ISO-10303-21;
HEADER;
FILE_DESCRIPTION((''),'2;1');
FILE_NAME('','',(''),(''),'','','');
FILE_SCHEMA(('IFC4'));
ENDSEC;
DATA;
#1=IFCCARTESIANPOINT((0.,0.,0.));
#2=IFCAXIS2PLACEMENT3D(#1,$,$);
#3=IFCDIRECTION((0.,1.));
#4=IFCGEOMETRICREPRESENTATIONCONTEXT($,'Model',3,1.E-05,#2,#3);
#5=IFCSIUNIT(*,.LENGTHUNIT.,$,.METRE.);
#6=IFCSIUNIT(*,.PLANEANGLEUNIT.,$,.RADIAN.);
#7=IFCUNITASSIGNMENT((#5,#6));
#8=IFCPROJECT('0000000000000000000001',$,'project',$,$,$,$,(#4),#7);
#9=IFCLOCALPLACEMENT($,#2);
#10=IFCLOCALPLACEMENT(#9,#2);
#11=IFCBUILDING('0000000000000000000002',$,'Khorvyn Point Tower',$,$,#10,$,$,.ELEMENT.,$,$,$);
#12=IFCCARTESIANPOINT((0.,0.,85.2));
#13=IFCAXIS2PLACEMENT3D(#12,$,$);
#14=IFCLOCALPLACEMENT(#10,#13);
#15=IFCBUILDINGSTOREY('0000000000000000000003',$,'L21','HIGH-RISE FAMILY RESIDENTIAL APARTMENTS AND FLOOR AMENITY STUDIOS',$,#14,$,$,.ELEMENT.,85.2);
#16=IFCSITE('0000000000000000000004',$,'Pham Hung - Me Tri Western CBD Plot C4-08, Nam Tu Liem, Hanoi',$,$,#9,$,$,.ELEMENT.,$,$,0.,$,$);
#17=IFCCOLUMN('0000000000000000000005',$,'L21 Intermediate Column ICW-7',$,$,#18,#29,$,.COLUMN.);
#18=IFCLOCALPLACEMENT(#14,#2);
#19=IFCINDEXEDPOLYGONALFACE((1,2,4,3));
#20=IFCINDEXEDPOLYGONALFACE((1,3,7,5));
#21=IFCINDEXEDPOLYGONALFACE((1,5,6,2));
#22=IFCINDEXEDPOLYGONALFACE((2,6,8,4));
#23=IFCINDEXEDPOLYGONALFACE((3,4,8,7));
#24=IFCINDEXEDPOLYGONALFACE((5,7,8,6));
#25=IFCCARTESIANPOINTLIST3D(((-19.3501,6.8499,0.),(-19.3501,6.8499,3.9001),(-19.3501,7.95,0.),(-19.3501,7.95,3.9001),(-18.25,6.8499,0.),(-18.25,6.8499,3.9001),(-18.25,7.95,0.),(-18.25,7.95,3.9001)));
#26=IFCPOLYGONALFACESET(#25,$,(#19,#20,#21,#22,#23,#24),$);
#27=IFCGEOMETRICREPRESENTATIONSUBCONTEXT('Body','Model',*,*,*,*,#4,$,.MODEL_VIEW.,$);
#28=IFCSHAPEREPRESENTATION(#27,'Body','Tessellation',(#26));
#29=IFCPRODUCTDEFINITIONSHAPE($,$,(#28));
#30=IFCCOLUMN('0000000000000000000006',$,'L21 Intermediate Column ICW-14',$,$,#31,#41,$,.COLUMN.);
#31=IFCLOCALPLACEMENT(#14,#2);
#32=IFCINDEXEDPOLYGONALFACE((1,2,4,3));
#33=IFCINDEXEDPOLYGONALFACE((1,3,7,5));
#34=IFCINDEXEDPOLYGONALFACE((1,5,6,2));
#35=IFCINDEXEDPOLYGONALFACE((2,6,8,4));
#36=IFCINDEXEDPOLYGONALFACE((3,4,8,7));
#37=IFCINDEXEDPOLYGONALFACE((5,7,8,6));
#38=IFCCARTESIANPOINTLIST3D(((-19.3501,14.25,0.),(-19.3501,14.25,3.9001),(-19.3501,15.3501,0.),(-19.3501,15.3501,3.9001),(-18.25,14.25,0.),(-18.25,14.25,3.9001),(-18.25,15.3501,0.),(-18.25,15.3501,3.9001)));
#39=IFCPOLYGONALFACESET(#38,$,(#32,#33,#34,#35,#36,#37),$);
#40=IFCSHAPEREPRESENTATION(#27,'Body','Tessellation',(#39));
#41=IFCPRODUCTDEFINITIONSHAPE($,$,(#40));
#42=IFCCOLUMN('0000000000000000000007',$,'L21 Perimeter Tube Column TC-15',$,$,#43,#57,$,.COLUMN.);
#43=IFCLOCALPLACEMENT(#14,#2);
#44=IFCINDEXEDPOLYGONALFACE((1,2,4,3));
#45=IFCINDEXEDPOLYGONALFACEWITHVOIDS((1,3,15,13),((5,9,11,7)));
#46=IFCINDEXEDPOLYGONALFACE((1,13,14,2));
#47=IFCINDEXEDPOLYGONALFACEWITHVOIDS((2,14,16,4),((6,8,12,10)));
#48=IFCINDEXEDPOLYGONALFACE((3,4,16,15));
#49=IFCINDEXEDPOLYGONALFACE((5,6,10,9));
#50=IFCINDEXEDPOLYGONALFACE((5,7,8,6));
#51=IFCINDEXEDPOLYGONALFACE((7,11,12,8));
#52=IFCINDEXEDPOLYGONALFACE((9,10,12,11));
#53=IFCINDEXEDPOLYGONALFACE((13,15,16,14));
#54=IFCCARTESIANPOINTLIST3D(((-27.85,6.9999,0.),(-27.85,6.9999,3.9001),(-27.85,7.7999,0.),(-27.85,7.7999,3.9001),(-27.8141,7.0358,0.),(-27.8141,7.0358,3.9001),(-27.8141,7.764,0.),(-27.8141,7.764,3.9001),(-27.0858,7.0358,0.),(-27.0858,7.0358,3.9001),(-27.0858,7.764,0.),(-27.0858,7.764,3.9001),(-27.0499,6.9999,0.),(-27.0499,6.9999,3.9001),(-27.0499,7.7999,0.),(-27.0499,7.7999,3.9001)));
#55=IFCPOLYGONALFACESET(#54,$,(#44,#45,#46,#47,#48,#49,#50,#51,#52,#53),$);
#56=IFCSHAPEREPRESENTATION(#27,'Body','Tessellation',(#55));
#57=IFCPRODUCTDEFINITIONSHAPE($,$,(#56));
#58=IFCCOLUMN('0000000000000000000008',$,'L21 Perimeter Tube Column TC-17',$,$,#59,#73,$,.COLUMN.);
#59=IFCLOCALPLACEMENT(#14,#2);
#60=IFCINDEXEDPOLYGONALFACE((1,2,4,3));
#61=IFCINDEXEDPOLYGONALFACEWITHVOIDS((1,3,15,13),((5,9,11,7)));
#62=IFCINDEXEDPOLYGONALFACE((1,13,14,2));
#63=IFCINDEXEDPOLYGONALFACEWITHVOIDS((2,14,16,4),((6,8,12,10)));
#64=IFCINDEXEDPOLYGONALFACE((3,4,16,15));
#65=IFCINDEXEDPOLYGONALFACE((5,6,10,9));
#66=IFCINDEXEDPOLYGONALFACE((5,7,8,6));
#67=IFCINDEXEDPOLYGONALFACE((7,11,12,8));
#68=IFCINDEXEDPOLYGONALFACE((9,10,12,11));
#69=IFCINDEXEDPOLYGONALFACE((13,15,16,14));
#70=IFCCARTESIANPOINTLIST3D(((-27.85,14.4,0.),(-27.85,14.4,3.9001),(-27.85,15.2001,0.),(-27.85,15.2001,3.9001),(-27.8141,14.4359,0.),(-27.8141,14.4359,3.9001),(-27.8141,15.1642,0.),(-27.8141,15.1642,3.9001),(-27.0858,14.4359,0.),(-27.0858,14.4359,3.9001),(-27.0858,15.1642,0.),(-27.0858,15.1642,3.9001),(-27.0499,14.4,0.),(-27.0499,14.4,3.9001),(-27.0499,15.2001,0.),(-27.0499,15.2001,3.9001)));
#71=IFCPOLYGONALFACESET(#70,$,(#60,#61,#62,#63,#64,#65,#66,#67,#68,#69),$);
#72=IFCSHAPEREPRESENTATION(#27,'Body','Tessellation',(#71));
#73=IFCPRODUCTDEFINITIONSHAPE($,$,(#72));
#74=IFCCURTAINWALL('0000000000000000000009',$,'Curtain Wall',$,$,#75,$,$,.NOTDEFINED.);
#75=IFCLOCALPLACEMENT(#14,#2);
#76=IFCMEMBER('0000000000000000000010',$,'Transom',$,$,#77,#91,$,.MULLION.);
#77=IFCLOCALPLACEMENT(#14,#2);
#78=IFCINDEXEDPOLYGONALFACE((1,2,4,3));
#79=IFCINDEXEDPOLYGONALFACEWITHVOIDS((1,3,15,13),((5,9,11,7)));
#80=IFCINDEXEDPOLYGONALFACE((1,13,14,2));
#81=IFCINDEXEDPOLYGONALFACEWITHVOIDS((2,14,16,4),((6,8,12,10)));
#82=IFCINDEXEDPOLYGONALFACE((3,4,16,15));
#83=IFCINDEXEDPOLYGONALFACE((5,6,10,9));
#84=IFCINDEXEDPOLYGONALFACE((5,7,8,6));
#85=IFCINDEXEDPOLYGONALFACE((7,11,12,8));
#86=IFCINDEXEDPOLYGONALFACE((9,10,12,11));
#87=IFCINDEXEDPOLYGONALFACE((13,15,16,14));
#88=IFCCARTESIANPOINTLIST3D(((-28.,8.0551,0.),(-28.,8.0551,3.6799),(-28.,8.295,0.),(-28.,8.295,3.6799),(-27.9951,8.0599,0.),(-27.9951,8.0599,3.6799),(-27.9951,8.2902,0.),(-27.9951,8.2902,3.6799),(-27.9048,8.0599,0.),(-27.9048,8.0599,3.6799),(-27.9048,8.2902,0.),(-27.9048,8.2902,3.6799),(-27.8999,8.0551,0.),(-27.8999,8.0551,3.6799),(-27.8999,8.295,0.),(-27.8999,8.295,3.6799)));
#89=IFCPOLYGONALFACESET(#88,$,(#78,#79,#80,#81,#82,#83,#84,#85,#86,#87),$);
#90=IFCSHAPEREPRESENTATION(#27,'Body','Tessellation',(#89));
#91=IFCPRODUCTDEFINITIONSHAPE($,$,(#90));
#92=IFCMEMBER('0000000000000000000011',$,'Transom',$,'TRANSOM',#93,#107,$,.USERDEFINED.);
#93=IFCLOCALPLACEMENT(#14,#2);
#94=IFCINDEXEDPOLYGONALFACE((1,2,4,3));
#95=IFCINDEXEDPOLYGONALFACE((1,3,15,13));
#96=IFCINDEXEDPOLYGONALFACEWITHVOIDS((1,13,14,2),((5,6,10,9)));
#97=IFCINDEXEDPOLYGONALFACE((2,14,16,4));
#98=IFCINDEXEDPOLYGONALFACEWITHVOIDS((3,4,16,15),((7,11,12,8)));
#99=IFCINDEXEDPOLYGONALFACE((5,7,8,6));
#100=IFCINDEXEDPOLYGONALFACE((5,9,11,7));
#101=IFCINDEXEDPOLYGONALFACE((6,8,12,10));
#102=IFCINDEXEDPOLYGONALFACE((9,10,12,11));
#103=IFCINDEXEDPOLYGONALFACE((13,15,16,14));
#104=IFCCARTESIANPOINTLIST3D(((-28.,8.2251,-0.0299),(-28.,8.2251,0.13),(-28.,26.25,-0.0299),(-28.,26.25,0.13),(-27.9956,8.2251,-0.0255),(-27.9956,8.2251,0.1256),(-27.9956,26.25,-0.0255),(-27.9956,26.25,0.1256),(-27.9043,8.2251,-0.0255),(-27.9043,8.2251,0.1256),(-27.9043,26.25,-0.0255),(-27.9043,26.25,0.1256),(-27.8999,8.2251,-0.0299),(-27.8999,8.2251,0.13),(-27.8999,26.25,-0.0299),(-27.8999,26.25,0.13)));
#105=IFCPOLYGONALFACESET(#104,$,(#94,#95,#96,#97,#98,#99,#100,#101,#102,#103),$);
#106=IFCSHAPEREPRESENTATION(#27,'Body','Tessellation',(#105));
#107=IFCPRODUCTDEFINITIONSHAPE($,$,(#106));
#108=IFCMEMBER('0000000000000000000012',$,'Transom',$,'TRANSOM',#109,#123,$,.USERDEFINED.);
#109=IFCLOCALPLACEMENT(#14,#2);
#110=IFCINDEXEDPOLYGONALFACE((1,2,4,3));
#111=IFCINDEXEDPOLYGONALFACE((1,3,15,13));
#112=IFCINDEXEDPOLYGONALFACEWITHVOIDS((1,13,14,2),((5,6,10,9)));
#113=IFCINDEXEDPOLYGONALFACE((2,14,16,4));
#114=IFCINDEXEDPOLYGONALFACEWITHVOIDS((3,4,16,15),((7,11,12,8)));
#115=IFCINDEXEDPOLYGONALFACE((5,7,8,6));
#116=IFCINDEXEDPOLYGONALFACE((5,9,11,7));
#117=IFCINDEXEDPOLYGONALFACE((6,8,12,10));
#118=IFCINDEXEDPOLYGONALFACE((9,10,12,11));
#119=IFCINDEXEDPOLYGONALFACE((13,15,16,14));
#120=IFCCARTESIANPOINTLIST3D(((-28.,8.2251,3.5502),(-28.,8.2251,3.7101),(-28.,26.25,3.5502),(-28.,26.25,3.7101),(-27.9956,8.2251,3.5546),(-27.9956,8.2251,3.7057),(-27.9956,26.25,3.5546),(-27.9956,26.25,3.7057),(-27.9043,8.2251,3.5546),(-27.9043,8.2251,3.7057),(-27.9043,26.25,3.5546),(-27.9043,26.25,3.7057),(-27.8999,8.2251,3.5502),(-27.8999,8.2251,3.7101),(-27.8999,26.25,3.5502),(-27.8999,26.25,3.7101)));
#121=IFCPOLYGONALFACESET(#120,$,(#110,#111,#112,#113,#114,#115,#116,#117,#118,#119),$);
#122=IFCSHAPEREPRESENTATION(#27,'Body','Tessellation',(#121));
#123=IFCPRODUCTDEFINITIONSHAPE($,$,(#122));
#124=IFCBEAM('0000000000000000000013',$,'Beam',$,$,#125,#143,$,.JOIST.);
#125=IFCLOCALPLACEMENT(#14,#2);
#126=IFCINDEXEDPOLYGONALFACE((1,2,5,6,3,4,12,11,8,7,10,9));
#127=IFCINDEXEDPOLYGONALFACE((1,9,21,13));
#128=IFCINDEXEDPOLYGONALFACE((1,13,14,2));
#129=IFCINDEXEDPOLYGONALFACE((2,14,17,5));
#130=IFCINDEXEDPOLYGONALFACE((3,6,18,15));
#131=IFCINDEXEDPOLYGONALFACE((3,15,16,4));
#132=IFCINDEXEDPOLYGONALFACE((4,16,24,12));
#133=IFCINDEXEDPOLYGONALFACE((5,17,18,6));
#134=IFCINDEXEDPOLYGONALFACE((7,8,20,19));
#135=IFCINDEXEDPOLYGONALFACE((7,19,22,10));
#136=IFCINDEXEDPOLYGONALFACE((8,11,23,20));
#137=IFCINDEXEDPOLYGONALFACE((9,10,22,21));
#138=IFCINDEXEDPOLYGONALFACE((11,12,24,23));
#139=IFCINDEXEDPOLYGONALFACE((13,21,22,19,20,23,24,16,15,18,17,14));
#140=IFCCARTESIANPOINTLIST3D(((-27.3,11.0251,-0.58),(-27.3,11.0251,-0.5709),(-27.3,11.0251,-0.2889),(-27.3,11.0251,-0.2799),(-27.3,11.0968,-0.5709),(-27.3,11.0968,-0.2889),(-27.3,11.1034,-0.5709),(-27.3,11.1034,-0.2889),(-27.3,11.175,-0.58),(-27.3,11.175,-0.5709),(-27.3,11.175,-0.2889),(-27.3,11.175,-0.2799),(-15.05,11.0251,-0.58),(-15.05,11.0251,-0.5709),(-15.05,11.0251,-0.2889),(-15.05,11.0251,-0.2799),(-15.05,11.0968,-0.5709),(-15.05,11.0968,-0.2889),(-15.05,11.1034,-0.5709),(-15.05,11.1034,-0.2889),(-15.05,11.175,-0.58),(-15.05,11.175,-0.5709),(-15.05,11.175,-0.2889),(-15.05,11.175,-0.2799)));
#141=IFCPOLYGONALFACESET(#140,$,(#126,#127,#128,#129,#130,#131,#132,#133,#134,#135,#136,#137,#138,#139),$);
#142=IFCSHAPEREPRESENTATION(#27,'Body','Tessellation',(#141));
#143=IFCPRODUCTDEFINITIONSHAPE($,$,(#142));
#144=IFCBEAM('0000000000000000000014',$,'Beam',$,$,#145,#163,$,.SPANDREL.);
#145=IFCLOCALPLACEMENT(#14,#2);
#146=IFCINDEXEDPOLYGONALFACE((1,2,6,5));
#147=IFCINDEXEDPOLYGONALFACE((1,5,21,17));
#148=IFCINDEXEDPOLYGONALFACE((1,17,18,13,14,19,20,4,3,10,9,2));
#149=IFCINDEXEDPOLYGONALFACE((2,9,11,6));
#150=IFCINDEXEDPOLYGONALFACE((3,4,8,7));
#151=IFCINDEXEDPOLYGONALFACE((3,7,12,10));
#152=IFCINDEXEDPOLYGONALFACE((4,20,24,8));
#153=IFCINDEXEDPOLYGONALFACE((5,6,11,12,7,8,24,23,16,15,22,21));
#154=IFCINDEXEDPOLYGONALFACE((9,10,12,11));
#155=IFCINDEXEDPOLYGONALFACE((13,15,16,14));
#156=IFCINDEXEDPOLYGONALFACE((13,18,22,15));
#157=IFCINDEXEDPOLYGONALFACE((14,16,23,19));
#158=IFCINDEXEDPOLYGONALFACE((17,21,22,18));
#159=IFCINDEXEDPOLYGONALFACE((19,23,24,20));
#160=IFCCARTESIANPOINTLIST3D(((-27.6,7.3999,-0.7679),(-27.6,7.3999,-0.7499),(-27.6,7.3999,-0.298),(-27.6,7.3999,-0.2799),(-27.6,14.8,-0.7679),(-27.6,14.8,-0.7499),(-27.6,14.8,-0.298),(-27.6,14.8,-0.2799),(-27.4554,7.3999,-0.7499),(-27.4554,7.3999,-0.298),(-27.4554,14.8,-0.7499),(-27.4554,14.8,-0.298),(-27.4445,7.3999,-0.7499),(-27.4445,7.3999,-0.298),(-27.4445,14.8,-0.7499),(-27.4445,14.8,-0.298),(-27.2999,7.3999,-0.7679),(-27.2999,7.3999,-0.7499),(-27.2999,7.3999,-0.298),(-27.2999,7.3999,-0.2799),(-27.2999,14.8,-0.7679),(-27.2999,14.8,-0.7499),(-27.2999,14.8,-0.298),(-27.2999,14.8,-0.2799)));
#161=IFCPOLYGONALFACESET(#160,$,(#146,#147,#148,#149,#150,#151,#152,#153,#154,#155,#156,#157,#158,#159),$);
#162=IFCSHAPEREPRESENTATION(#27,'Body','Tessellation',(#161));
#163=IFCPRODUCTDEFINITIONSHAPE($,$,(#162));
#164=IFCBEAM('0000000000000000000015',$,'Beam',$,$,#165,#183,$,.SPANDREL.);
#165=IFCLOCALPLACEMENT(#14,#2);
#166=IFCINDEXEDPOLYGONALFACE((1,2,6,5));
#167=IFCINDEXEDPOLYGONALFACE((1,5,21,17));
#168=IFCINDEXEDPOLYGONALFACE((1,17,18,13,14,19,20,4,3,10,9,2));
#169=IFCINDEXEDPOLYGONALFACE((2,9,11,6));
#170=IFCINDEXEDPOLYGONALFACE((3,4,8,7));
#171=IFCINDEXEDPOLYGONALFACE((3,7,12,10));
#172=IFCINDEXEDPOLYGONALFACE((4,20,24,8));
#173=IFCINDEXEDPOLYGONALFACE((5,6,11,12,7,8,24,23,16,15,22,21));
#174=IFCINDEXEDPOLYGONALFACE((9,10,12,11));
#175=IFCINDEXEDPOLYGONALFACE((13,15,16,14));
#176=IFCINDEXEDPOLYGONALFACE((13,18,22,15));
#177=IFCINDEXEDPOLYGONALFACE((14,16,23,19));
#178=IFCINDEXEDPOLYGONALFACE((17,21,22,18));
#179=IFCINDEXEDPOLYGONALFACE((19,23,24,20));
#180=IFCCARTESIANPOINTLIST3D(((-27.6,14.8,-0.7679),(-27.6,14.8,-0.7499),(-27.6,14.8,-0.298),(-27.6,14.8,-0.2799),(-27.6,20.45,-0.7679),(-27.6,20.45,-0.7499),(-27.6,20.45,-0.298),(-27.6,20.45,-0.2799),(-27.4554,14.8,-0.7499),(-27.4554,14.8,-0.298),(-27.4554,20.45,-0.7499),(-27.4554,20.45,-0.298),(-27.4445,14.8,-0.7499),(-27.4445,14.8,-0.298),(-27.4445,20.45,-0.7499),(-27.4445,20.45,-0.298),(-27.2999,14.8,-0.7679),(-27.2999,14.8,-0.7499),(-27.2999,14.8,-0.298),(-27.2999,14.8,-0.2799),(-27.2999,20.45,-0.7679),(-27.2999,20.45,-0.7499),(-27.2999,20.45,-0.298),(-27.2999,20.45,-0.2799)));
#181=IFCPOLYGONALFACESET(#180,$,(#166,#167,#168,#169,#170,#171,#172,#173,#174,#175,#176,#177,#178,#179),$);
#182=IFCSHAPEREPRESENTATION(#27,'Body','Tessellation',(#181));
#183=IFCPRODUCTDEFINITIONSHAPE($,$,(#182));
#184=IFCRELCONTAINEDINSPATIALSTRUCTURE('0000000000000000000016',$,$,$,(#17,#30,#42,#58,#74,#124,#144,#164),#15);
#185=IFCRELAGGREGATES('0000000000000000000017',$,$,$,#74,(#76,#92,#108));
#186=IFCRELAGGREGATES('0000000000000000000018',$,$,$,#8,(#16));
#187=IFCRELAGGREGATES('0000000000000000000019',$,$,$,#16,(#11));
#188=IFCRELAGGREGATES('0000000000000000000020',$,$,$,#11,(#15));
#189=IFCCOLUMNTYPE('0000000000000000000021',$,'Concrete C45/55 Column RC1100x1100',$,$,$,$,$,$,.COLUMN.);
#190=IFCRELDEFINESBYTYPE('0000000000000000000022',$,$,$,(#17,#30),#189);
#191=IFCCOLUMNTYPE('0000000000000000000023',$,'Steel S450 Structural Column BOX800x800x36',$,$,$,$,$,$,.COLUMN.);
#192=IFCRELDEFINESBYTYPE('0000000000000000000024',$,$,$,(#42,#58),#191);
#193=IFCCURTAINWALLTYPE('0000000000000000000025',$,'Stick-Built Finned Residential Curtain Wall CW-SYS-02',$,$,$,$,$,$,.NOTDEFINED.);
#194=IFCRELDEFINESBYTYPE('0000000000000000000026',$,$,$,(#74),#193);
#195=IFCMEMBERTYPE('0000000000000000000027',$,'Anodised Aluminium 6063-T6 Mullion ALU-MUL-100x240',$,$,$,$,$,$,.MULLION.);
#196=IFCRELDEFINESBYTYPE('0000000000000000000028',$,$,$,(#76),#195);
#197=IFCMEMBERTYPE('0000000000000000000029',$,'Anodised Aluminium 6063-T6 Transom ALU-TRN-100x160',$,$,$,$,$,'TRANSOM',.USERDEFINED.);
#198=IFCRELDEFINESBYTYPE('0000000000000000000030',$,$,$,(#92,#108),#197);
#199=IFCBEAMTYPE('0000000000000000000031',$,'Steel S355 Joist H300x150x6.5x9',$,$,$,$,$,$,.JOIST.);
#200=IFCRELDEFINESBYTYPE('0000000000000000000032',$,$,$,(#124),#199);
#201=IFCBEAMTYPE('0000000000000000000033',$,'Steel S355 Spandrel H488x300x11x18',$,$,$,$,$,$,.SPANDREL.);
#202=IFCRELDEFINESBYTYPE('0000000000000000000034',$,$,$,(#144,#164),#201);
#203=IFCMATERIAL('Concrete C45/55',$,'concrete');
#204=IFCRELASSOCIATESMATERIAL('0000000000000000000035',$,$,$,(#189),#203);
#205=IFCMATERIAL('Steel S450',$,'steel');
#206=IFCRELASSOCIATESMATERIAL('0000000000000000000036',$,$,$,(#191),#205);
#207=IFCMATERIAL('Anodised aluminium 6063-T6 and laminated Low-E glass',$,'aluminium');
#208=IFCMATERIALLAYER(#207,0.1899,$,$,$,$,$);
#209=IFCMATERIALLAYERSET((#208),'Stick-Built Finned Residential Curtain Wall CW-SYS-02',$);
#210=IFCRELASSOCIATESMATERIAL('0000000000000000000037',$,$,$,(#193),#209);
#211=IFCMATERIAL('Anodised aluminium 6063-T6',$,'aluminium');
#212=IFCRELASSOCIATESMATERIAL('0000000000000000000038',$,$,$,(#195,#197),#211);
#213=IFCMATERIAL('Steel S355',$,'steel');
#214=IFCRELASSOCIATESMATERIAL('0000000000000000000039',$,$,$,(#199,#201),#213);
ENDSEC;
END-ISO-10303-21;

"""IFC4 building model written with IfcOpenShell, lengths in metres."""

from ifc_helpers import new_model, si_unit, direction, frame, origin, origin_2d, place, context, subcontext, project, spatial, rectangle, hollow_rectangle, i_section, extrude, material, layer, layer_set, material_profile, profile_set, type_object, element, aggregate, save


model = new_model("IFC4")

# Units and contexts
model_context = context("Model", 3, precision=1e-05, world=origin(), true_north=direction((0.0, 1.0)))
body_context = subcontext(model_context, "Body", "Model", "MODEL_VIEW")
ifc_project = project(units=[si_unit("LENGTHUNIT", "METRE"), si_unit("PLANEANGLEUNIT", "RADIAN")], contexts=[model_context])

# Site, building, storey
site_placement = place(None, origin())
site = spatial("IfcSite", under=ifc_project, at=site_placement, Name="Pham Hung - Me Tri Western CBD Plot C4-08, Nam Tu Liem, Hanoi", CompositionType="ELEMENT", RefElevation=0.0)
building_placement = place(site_placement, origin())
building = spatial("IfcBuilding", under=site, at=building_placement, Name="Khorvyn Point Tower", CompositionType="ELEMENT")
storey_placement = place(building_placement, frame((0.0, 0.0, 85.2)))
storey = spatial("IfcBuildingStorey", under=building, at=storey_placement, Name="L21", Description="HIGH-RISE FAMILY RESIDENTIAL APARTMENTS AND FLOOR AMENITY STUDIOS", CompositionType="ELEMENT", Elevation=85.2)

# Columns
ifc_material_1 = material(Name="Concrete C45/55", Category="concrete")
ifc_material_profile_1 = material_profile(ifc_material_1, rectangle(XDim=1.1001, YDim=1.1001, at=origin_2d()))
ifc_profile_set_1 = profile_set([ifc_material_profile_1], Name="Concrete C45/55 RC1100x1100")
column_type_1 = type_object("IfcColumnType", Name="Concrete C45/55 Column RC1100x1100", PredefinedType="COLUMN", material=ifc_profile_set_1)
for number, where, z_axis, x_axis, name in (
    (1, (-18.8, 7.3999, 0.0), (0.0, 0.0, 1.0), (1.0, 0.0, 0.0), "L21 Intermediate Column ICW-7"),
    (2, (-18.8, 14.8, 0.0), (0.0, 0.0, 1.0), (1.0, 0.0, 0.0), "L21 Intermediate Column ICW-14"),
):
    element("IfcColumn", number, at=place(storey_placement, frame(where, z_axis=z_axis, x_axis=x_axis)), inside=storey, type_object=column_type_1, Name=name, PredefinedType="COLUMN", context=body_context, shape_type="SweptSolid", body=[
        extrude(rectangle(XDim=1.1001, YDim=1.1001, at=origin_2d()), origin(), (0.0, 0.0, 1.0), 3.9001),
    ])
ifc_material_2 = material(Name="Steel S450", Category="steel")
ifc_material_profile_2 = material_profile(ifc_material_2, hollow_rectangle(XDim=0.8, YDim=0.8, WallThickness=0.0359, at=origin_2d()))
ifc_profile_set_2 = profile_set([ifc_material_profile_2], Name="Steel S450 BOX800x800x36")
column_type_2 = type_object("IfcColumnType", Name="Steel S450 Structural Column BOX800x800x36", PredefinedType="COLUMN", material=ifc_profile_set_2)
for number, where, z_axis, x_axis, name in (
    (3, (-27.45, 7.3999, 0.0), (0.0, 0.0, 1.0), (1.0, 0.0, 0.0), "L21 Perimeter Tube Column TC-15"),
    (4, (-27.45, 14.8, 0.0), (0.0, 0.0, 1.0), (1.0, 0.0, 0.0), "L21 Perimeter Tube Column TC-17"),
):
    element("IfcColumn", number, at=place(storey_placement, frame(where, z_axis=z_axis, x_axis=x_axis)), inside=storey, type_object=column_type_2, Name=name, PredefinedType="COLUMN", context=body_context, shape_type="SweptSolid", body=[
        extrude(hollow_rectangle(XDim=0.8, YDim=0.8, WallThickness=0.0359, at=origin_2d()), origin(), (0.0, 0.0, 1.0), 3.9001),
    ])

# Curtain wall, members
ifc_material_3 = material(Name="Anodised aluminium 6063-T6 and laminated Low-E glass", Category="aluminium")
ifc_layer_1 = layer(ifc_material_3, 0.1899)
ifc_layer_set_1 = layer_set([ifc_layer_1], Name="Stick-Built Finned Residential Curtain Wall CW-SYS-02")
curtain_wall_type = type_object("IfcCurtainWallType", Name="Stick-Built Finned Residential Curtain Wall CW-SYS-02", PredefinedType="NOTDEFINED", material=ifc_layer_set_1)
curtain_wall_placement = place(storey_placement, origin())
curtain_wall = element("IfcCurtainWall", 5, at=curtain_wall_placement, inside=storey, type_object=curtain_wall_type, Name="Curtain Wall", PredefinedType="NOTDEFINED")
ifc_material_4 = material(Name="Anodised aluminium 6063-T6", Category="aluminium")
ifc_material_profile_3 = material_profile(ifc_material_4, hollow_rectangle(XDim=0.1001, YDim=0.24, WallThickness=0.0049, at=origin_2d()))
ifc_profile_set_3 = profile_set([ifc_material_profile_3], Name="Anodised aluminium 6063-T6 ALU-MUL-100x240")
member_type_1 = type_object("IfcMemberType", Name="Anodised Aluminium 6063-T6 Mullion ALU-MUL-100x240", PredefinedType="MULLION", material=ifc_profile_set_3)
member_1_placement = place(storey_placement, frame((-27.95, 8.175, 0.0), z_axis=(0.0, 0.0, 1.0), x_axis=(-1.0, 0.0, 0.0)))
member_1 = element("IfcMember", 6, at=member_1_placement, type_object=member_type_1, Name="Transom", PredefinedType="MULLION", context=body_context, shape_type="SweptSolid", body=[
    extrude(hollow_rectangle(XDim=0.1001, YDim=0.24, WallThickness=0.0049, at=origin_2d()), origin(), (0.0, 0.0, 1.0), 3.6799),
])
ifc_material_profile_4 = material_profile(ifc_material_4, hollow_rectangle(XDim=0.1001, YDim=0.1599, WallThickness=0.0044, at=origin_2d()))
ifc_profile_set_4 = profile_set([ifc_material_profile_4], Name="Anodised aluminium 6063-T6 ALU-TRN-100x160")
member_type_2 = type_object("IfcMemberType", Name="Anodised Aluminium 6063-T6 Transom ALU-TRN-100x160", ElementType="TRANSOM", PredefinedType="USERDEFINED", material=ifc_profile_set_4)
member_2_placement = place(storey_placement, frame((-27.95, 8.2251, 0.05), z_axis=(0.0, 1.0, 0.0), x_axis=(-1.0, 0.0, 0.0)))
member_2 = element("IfcMember", 7, at=member_2_placement, type_object=member_type_2, Name="Transom", ObjectType="TRANSOM", PredefinedType="USERDEFINED", context=body_context, shape_type="SweptSolid", body=[
    extrude(hollow_rectangle(XDim=0.1001, YDim=0.1599, WallThickness=0.0044, at=origin_2d()), origin(), (0.0, 0.0, 1.0), 18.0249),
])
member_3_placement = place(storey_placement, frame((-27.95, 8.2251, 3.6301), z_axis=(0.0, 1.0, 0.0), x_axis=(-1.0, 0.0, 0.0)))
member_3 = element("IfcMember", 8, at=member_3_placement, type_object=member_type_2, Name="Transom", ObjectType="TRANSOM", PredefinedType="USERDEFINED", context=body_context, shape_type="SweptSolid", body=[
    extrude(hollow_rectangle(XDim=0.1001, YDim=0.1599, WallThickness=0.0044, at=origin_2d()), origin(), (0.0, 0.0, 1.0), 18.0249),
])

# Beams
ifc_material_5 = material(Name="Steel S355", Category="steel")
ifc_material_profile_5 = material_profile(ifc_material_5, i_section(OverallWidth=0.1499, OverallDepth=0.3, WebThickness=0.0066, FlangeThickness=0.009, at=origin_2d()))
ifc_profile_set_5 = profile_set([ifc_material_profile_5], Name="Steel S355 H300x150x6.5x9")
beam_type_1 = type_object("IfcBeamType", Name="Steel S355 Joist H300x150x6.5x9", PredefinedType="JOIST", material=ifc_profile_set_5)
beam_1_placement = place(storey_placement, frame((-27.3, 11.1001, -0.4299), z_axis=(1.0, 0.0, 0.0), x_axis=(0.0, 1.0, 0.0)))
element("IfcBeam", 9, at=beam_1_placement, inside=storey, type_object=beam_type_1, Name="Beam", PredefinedType="JOIST", context=body_context, shape_type="SweptSolid", body=[
    extrude(i_section(OverallWidth=0.1499, OverallDepth=0.3, WebThickness=0.0066, FlangeThickness=0.009, at=origin_2d()), origin(), (0.0, 0.0, 1.0), 12.25),
])
ifc_material_profile_6 = material_profile(ifc_material_5, i_section(OverallWidth=0.3, OverallDepth=0.488, WebThickness=0.011, FlangeThickness=0.0181, at=origin_2d()))
ifc_profile_set_6 = profile_set([ifc_material_profile_6], Name="Steel S355 H488x300x11x18")
beam_type_2 = type_object("IfcBeamType", Name="Steel S355 Spandrel H488x300x11x18", PredefinedType="SPANDREL", material=ifc_profile_set_6)
beam_2_placement = place(storey_placement, frame((-27.45, 7.3999, -0.5239), z_axis=(0.0, 1.0, 0.0), x_axis=(-1.0, 0.0, 0.0)))
element("IfcBeam", 10, at=beam_2_placement, inside=storey, type_object=beam_type_2, Name="Beam", PredefinedType="SPANDREL", context=body_context, shape_type="SweptSolid", body=[
    extrude(i_section(OverallWidth=0.3, OverallDepth=0.488, WebThickness=0.011, FlangeThickness=0.0181, at=origin_2d()), origin(), (0.0, 0.0, 1.0), 7.4001),
])
beam_3_placement = place(storey_placement, frame((-27.45, 14.8, -0.5239), z_axis=(0.0, 1.0, 0.0), x_axis=(-1.0, 0.0, 0.0)))
element("IfcBeam", 11, at=beam_3_placement, inside=storey, type_object=beam_type_2, Name="Beam", PredefinedType="SPANDREL", context=body_context, shape_type="SweptSolid", body=[
    extrude(i_section(OverallWidth=0.3, OverallDepth=0.488, WebThickness=0.011, FlangeThickness=0.0181, at=origin_2d()), origin(), (0.0, 0.0, 1.0), 5.6499),
])

aggregate(curtain_wall, [member_1, member_2, member_3])

save(model, "model.ifc")
